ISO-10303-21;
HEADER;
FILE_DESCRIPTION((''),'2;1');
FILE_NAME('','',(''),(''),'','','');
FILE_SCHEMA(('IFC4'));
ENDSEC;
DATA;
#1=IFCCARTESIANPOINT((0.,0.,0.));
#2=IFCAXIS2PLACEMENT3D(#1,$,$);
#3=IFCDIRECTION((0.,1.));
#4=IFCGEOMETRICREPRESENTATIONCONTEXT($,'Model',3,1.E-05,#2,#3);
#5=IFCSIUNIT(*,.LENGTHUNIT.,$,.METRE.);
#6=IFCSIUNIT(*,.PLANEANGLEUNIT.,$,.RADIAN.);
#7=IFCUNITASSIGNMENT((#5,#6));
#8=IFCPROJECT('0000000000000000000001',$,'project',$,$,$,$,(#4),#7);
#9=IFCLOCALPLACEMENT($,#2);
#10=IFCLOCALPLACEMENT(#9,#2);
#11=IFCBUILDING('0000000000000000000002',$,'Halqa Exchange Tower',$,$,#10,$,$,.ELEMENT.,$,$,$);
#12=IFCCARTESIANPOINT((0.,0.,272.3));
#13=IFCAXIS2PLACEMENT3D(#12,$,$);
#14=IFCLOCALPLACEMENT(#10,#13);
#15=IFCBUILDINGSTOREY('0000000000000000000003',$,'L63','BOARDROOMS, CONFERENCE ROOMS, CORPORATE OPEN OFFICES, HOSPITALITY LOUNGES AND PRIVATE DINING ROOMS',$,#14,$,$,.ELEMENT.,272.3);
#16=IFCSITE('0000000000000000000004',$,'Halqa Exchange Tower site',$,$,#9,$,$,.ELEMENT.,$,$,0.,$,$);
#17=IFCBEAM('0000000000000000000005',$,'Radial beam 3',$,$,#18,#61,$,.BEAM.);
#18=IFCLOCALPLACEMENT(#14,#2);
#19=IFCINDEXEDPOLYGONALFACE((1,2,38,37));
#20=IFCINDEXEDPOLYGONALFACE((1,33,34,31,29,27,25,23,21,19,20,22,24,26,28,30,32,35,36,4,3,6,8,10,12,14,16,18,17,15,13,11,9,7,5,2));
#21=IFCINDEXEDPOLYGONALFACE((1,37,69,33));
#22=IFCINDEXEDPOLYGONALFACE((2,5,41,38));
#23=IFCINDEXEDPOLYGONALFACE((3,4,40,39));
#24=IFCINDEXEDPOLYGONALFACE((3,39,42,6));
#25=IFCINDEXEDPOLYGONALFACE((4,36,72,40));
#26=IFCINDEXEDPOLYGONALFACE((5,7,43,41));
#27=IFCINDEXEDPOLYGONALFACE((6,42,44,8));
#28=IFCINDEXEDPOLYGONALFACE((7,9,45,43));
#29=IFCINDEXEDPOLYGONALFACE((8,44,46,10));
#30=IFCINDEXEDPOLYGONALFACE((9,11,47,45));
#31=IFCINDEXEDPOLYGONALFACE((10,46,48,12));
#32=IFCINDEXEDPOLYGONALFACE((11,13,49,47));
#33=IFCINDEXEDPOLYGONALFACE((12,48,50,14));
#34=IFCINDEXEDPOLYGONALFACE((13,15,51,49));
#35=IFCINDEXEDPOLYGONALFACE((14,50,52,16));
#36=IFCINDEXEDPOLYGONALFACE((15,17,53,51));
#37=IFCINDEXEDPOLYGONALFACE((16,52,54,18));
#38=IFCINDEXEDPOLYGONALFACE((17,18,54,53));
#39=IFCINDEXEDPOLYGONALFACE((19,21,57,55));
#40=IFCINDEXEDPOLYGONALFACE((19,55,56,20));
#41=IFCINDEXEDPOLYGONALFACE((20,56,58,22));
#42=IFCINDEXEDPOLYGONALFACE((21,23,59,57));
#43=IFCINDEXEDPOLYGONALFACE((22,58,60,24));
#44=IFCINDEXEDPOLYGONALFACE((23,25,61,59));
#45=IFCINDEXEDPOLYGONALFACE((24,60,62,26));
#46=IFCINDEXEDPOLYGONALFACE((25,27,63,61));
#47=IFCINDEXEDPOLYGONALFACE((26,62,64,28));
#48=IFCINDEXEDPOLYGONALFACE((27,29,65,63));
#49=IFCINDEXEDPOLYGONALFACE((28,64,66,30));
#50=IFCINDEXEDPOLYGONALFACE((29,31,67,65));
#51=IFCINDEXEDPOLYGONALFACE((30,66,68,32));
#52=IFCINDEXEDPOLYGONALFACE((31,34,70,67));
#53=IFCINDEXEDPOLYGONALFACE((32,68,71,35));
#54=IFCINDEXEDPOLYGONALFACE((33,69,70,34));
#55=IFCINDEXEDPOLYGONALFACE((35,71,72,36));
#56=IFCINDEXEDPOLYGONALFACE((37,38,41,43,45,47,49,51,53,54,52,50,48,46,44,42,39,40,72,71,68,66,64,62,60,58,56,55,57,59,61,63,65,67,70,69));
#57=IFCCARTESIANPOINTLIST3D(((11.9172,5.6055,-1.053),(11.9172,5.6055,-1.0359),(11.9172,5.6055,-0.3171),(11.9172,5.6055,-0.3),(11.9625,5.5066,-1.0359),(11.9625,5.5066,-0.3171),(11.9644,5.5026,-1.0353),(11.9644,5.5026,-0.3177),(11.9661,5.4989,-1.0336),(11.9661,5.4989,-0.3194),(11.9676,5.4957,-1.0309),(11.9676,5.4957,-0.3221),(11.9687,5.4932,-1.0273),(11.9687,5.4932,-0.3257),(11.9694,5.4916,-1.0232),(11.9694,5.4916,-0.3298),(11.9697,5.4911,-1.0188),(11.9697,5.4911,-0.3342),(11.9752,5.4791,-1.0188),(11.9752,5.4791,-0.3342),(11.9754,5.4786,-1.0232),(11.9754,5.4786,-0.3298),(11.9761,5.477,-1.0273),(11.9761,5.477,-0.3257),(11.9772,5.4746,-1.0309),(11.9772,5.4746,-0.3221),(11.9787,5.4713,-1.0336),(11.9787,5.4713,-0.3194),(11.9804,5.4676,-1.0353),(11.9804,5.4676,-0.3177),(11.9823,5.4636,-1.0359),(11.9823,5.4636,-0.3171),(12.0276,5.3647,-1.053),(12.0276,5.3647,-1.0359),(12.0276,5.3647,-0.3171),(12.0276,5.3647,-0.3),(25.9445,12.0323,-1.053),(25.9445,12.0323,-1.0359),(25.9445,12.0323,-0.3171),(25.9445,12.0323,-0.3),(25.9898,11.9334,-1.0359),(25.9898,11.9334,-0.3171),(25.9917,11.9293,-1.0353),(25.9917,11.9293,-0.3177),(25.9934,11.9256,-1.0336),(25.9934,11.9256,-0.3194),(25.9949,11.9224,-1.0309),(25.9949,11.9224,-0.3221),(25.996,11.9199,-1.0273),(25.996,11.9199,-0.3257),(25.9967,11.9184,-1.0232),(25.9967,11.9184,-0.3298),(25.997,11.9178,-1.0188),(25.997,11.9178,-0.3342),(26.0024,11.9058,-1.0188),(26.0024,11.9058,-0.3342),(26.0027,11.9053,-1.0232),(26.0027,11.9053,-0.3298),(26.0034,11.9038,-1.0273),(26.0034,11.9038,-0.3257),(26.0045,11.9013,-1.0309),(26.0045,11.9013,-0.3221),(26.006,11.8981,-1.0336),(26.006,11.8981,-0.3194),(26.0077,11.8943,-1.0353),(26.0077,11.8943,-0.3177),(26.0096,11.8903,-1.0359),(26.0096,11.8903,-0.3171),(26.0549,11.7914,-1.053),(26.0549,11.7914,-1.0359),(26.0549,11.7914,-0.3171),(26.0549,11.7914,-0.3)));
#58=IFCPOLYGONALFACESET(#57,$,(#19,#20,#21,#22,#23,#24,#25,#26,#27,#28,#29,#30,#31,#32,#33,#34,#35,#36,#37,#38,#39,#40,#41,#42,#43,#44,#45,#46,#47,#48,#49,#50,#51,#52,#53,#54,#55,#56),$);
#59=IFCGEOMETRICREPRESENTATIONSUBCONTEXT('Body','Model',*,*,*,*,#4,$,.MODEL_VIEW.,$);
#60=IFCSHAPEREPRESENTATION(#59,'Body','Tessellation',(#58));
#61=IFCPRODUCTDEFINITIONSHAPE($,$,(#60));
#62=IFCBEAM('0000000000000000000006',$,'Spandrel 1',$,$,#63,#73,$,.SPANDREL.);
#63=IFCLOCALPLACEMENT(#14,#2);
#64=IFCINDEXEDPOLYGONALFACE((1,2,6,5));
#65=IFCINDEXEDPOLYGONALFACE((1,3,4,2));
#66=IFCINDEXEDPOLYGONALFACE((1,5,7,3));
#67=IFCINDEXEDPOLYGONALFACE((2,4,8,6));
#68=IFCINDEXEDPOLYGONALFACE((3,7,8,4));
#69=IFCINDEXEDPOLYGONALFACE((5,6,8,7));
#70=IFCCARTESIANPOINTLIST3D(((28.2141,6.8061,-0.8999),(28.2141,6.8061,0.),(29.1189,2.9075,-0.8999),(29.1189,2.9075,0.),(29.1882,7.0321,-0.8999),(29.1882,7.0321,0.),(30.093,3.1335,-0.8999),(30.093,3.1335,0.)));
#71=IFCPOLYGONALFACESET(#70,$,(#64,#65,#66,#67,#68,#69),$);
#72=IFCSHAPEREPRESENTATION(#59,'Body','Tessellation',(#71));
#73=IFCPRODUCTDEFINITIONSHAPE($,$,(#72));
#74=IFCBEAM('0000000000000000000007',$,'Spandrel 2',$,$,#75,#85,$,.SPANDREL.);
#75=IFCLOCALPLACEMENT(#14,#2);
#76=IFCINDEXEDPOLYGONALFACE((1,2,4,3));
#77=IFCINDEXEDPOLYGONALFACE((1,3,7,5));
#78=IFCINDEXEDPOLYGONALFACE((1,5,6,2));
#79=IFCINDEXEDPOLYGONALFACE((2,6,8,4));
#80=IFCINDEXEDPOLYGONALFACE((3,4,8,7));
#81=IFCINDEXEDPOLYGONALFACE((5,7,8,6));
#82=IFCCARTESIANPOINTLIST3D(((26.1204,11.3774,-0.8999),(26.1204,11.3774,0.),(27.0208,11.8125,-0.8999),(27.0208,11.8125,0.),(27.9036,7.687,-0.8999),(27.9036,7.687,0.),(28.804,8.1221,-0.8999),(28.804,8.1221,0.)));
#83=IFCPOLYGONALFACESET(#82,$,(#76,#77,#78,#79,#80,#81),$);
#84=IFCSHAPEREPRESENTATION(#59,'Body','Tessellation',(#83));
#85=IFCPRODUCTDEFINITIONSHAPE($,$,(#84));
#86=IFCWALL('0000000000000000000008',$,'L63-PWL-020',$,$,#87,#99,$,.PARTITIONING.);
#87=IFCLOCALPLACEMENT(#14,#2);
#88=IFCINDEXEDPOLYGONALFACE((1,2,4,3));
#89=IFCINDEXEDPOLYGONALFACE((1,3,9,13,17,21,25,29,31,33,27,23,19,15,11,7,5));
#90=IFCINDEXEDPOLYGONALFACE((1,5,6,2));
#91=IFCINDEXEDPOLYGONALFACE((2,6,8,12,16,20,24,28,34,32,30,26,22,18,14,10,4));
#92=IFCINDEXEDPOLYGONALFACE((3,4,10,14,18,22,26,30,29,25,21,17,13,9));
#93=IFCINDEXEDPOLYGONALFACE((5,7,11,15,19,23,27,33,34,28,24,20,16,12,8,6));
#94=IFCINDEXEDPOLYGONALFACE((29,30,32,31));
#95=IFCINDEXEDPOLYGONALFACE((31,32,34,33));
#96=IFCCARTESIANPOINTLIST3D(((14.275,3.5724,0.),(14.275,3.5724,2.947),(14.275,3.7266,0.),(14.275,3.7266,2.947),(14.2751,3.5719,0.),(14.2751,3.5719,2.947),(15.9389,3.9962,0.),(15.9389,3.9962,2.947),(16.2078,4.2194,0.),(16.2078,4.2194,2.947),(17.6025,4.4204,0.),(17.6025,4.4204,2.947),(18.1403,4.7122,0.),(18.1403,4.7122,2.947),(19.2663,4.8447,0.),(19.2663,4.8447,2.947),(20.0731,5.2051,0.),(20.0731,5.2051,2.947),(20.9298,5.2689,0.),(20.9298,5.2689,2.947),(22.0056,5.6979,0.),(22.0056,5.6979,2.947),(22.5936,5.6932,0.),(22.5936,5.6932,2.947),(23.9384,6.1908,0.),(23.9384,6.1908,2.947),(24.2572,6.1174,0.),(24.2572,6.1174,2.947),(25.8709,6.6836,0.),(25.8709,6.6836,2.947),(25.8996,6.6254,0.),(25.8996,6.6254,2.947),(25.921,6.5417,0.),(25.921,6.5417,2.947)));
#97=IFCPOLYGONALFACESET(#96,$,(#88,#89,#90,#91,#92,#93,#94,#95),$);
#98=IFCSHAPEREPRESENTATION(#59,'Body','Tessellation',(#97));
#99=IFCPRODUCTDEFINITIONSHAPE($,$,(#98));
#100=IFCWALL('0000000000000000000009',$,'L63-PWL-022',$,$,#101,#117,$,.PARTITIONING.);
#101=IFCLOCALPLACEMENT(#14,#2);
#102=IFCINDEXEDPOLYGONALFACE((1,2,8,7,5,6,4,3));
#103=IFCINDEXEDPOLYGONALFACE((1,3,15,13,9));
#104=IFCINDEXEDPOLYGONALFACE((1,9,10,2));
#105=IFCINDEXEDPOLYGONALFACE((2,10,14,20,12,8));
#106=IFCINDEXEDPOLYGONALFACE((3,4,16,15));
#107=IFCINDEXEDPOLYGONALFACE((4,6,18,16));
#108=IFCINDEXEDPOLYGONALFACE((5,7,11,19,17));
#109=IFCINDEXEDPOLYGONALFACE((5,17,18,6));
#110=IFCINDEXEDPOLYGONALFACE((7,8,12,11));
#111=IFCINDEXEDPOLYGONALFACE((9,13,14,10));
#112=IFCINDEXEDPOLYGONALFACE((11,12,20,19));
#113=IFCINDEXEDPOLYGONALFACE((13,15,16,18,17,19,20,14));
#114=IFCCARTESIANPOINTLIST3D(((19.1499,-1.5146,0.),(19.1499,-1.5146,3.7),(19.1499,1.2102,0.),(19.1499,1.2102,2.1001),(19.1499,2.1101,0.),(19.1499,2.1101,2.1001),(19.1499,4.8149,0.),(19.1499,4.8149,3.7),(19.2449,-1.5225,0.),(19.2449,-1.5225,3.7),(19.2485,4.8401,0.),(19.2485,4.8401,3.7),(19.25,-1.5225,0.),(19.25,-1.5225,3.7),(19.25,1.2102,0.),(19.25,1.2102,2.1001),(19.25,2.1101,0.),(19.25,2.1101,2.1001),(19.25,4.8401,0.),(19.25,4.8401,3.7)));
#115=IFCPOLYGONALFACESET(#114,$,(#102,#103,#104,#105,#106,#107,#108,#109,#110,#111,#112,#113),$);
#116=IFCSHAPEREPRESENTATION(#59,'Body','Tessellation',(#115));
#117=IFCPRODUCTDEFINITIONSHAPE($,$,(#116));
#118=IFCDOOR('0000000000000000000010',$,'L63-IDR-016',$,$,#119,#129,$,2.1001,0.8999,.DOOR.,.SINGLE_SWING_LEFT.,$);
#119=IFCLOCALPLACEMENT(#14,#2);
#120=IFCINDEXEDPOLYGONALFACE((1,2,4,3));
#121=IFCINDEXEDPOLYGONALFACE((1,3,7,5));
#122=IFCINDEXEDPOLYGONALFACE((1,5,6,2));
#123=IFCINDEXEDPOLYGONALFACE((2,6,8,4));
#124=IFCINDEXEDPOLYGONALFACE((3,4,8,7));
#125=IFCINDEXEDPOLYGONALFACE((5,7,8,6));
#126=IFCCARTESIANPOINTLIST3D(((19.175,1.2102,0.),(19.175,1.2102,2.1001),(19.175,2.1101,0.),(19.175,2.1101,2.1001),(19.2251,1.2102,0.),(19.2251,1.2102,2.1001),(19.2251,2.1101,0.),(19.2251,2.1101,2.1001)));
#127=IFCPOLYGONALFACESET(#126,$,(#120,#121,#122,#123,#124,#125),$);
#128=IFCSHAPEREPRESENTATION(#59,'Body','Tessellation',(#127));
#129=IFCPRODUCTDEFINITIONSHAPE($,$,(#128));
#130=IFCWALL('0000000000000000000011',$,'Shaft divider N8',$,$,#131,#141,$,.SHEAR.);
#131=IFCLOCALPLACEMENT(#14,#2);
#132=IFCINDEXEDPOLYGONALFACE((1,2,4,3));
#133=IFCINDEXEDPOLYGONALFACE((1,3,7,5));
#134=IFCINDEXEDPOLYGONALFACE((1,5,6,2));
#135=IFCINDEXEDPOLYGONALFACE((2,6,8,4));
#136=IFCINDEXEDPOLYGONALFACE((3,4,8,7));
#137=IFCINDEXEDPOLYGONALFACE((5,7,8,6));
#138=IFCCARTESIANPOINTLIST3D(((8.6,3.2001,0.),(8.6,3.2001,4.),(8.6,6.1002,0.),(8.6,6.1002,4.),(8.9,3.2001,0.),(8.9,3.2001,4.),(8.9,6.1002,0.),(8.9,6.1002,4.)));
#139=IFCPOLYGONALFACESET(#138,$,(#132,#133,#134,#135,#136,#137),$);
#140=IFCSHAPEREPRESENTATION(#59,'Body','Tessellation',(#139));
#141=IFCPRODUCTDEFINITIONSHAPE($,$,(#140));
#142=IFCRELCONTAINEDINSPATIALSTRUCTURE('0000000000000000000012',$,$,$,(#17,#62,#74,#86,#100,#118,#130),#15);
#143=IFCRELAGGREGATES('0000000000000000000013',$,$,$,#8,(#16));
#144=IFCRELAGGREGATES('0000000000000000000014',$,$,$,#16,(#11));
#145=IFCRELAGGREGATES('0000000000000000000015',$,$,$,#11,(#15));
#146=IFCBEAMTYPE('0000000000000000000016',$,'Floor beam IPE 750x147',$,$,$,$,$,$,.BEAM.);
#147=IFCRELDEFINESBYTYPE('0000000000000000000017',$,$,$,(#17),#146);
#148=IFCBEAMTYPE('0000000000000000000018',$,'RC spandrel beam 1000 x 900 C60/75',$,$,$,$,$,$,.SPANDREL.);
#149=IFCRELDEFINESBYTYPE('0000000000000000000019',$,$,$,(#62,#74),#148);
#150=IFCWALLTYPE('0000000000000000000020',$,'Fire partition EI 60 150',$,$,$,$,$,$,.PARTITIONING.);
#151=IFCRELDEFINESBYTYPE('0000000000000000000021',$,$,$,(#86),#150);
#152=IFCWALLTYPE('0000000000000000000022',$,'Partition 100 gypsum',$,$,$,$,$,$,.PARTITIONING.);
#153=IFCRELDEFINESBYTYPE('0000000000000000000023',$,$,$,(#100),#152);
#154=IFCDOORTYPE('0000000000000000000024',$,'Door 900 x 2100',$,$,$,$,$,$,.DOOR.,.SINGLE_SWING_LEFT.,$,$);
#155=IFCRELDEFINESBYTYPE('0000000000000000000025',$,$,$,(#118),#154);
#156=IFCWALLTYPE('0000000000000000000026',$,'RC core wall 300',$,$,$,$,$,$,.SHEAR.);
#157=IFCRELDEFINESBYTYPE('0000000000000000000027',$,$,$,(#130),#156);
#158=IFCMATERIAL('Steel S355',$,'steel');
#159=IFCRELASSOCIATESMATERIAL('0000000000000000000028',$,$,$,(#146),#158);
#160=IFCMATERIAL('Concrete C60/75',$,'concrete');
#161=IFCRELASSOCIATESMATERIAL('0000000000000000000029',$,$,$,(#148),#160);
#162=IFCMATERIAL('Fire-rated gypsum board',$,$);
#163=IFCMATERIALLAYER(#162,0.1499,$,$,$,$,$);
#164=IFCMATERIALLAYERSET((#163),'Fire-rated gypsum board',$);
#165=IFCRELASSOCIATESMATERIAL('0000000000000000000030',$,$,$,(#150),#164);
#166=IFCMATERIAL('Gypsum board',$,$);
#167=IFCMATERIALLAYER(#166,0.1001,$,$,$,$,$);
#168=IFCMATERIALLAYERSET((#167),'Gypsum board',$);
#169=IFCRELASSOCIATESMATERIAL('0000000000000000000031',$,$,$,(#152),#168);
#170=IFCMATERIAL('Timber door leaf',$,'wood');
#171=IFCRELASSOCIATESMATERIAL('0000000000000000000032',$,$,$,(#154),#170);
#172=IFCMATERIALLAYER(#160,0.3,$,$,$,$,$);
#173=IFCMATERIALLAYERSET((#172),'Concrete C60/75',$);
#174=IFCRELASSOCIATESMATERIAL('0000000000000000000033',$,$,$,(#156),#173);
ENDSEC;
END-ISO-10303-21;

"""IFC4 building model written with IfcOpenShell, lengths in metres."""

from ifc_helpers import new_model, si_unit, direction, frame, frame_2d, origin, origin_2d, place, context, subcontext, project, spatial, polyline, rectangle, i_section, outline, extrude, material, layer, layer_set, material_profile, profile_set, type_object, element, fill, save


model = new_model("IFC4")

# Units and contexts
model_context = context("Model", 3, precision=1e-05, world=origin(), true_north=direction((0.0, 1.0)))
body_context = subcontext(model_context, "Body", "Model", "MODEL_VIEW")
ifc_project = project(units=[si_unit("LENGTHUNIT", "METRE"), si_unit("PLANEANGLEUNIT", "RADIAN")], contexts=[model_context])

# Site, building, storey
site_placement = place(None, origin())
site = spatial("IfcSite", under=ifc_project, at=site_placement, Name="Halqa Exchange Tower site", CompositionType="ELEMENT", RefElevation=0.0)
building_placement = place(site_placement, origin())
building = spatial("IfcBuilding", under=site, at=building_placement, Name="Halqa Exchange Tower", CompositionType="ELEMENT")
storey_placement = place(building_placement, frame((0.0, 0.0, 272.3)))
storey = spatial("IfcBuildingStorey", under=building, at=storey_placement, Name="L63", Description="BOARDROOMS, CONFERENCE ROOMS, CORPORATE OPEN OFFICES, HOSPITALITY LOUNGES AND PRIVATE DINING ROOMS", CompositionType="ELEMENT", Elevation=272.3)

# Shared definitions
ifc_material_1 = material(Name="Concrete C60/75", Category="concrete")

# Beams
ifc_material_2 = material(Name="Steel S355", Category="steel")
ifc_material_profile_1 = material_profile(ifc_material_2, i_section(OverallWidth=0.2649, OverallDepth=0.7529, WebThickness=0.0132, FlangeThickness=0.0171, FilletRadius=0.0171, at=origin_2d()), Name="IPE 750x147")
ifc_profile_set_1 = profile_set([ifc_material_profile_1], Name="Steel S355")
beam_type_1 = type_object("IfcBeamType", Name="Floor beam IPE 750x147", PredefinedType="BEAM", material=ifc_profile_set_1)
beam_1_placement = place(storey_placement, frame((11.9724, 5.4851, -0.6765), z_axis=(0.909125, 0.416524, 0.0), x_axis=(-0.416524, 0.909125, 0.0)))
element("IfcBeam", 1, at=beam_1_placement, inside=storey, type_object=beam_type_1, Name="Radial beam 3", PredefinedType="BEAM", context=body_context, shape_type="SweptSolid", body=[
    extrude(i_section(OverallWidth=0.2649, OverallDepth=0.7529, WebThickness=0.0132, FlangeThickness=0.0171, FilletRadius=0.0171, at=origin_2d()), origin(), (0.0, 0.0, 1.0), 15.4294),
])
ifc_material_profile_2 = material_profile(ifc_material_1, rectangle(XDim=1.0, YDim=0.8999, at=origin_2d()), Name="1000 x 900")
ifc_profile_set_2 = profile_set([ifc_material_profile_2], Name="Concrete C60/75")
beam_type_2 = type_object("IfcBeamType", Name="RC spandrel beam 1000 x 900 C60/75", PredefinedType="SPANDREL", material=ifc_profile_set_2)
beam_2_placement = place(storey_placement, frame((29.606, 3.0205, -0.45), z_axis=(-0.226067, 0.974112, 0.0), x_axis=(-0.974112, -0.226067, 0.0)))
element("IfcBeam", 2, at=beam_2_placement, inside=storey, type_object=beam_type_2, Name="Spandrel 1", PredefinedType="SPANDREL", context=body_context, shape_type="SweptSolid", body=[
    extrude(rectangle(XDim=1.0, YDim=0.8999, at=origin_2d()), origin(), (0.0, 0.0, 1.0), 4.0022),
])
beam_3_placement = place(storey_placement, frame((28.3538, 7.9045, -0.45), z_axis=(-0.435069, 0.900397, 0.0), x_axis=(-0.900397, -0.435069, 0.0)))
element("IfcBeam", 3, at=beam_3_placement, inside=storey, type_object=beam_type_2, Name="Spandrel 2", PredefinedType="SPANDREL", context=body_context, shape_type="SweptSolid", body=[
    extrude(rectangle(XDim=1.0, YDim=0.8999, at=origin_2d()), origin(), (0.0, 0.0, 1.0), 4.0986),
])

# Wall
ifc_material_3 = material(Name="Fire-rated gypsum board")
ifc_layer_1 = layer(ifc_material_3, 0.1499)
ifc_layer_set_1 = layer_set([ifc_layer_1], Name="Fire-rated gypsum board")
wall_type_1 = type_object("IfcWallType", Name="Fire partition EI 60 150", PredefinedType="PARTITIONING", material=ifc_layer_set_1)
wall_1_placement = place(storey_placement, frame((14.2566, 3.6445, 0.0), z_axis=(0.0, 0.0, 1.0), x_axis=(0.968991, 0.247098, 0.0)))
element("IfcWall", 4, at=wall_1_placement, inside=storey, type_object=wall_type_1, Name="L63-PWL-020", PredefinedType="PARTITIONING", context=body_context, shape_type="SweptSolid", body=[
    extrude(outline(polyline([(12.0186, -0.075), (12.0186, 0.0115), (12.0051, 0.075), (10.0107, 0.075), (8.0161, 0.075), (6.0217, 0.075), (4.0271, 0.075), (2.0327, 0.075), (0.0381, 0.075), (0.0, -0.0745), (0.0, -0.075), (1.717, -0.075), (3.4338, -0.075), (5.1509, -0.075), (6.8677, -0.075), (8.5847, -0.075), (10.3015, -0.075), (12.0186, -0.075)])), origin(), (0.0, 0.0, 1.0), 2.947),
])

# Wall, opening, door
ifc_material_4 = material(Name="Gypsum board")
ifc_layer_2 = layer(ifc_material_4, 0.1001)
ifc_layer_set_2 = layer_set([ifc_layer_2], Name="Gypsum board")
wall_type_2 = type_object("IfcWallType", Name="Partition 100 gypsum", PredefinedType="PARTITIONING", material=ifc_layer_set_2)
wall_2_placement = place(storey_placement, frame((19.2, 4.8401, 0.0), z_axis=(0.0, 0.0, 1.0), x_axis=(0.0, -1.0, 0.0)))
wall_2 = element("IfcWall", 5, at=wall_2_placement, inside=storey, type_object=wall_type_2, Name="L63-PWL-022", PredefinedType="PARTITIONING", context=body_context, shape_type="SweptSolid", body=[
    extrude(outline(polyline([(0.0251, -0.05), (1.6074, -0.05), (3.1899, -0.05), (4.7722, -0.05), (6.3547, -0.05), (6.3625, 0.0449), (6.3625, 0.05), (4.772, 0.05), (3.1812, 0.05), (1.5906, 0.05), (0.0, 0.05), (0.0, 0.0486), (0.0251, -0.05)])), origin(), (0.0, 0.0, 1.0), 3.7),
])
opening_1_placement = place(wall_2_placement, frame((2.73, 0.0, 0.0)))
opening_1 = element("IfcOpeningElement", 6, at=opening_1_placement, cuts=wall_2, PredefinedType="OPENING", context=body_context, shape_type="SweptSolid", body=[
    extrude(rectangle(XDim=0.8999, YDim=2.1001, at=frame_2d((0.45, 1.05))), frame((0.0, 0.062, 0.0), z_axis=(0.0, -1.0, 0.0), x_axis=(1.0, 0.0, 0.0)), (0.0, 0.0, 1.0), 0.124),
])
ifc_material_5 = material(Name="Timber door leaf", Category="wood")
door_type = type_object("IfcDoorType", Name="Door 900 x 2100", OperationType="SINGLE_SWING_LEFT", PredefinedType="DOOR", material=ifc_material_5)
door_placement = place(opening_1_placement, frame((0.8999, 0.0, 0.0), z_axis=(0.0, 0.0, 1.0), x_axis=(-1.0, 0.0, 0.0)))
door = element("IfcDoor", 7, at=door_placement, inside=storey, type_object=door_type, Name="L63-IDR-016", OperationType="SINGLE_SWING_LEFT", OverallHeight=2.1001, OverallWidth=0.8999, PredefinedType="DOOR", context=body_context, shape_type="SweptSolid", body=[
    extrude(rectangle(XDim=0.8999, YDim=2.1001, at=frame_2d((0.45, 1.05))), frame((0.0, 0.0249, 0.0), z_axis=(0.0, -1.0, 0.0), x_axis=(1.0, 0.0, 0.0)), (0.0, 0.0, 1.0), 0.05),
])
fill(opening_1, door)

# Wall
ifc_layer_3 = layer(ifc_material_1, 0.3)
ifc_layer_set_3 = layer_set([ifc_layer_3], Name="Concrete C60/75")
wall_type_3 = type_object("IfcWallType", Name="RC core wall 300", PredefinedType="SHEAR", material=ifc_layer_set_3)
wall_3_placement = place(storey_placement, frame((8.75, 3.2, 0.0), z_axis=(0.0, 0.0, 1.0), x_axis=(0.0, 1.0, 0.0)))
element("IfcWall", 8, at=wall_3_placement, inside=storey, type_object=wall_type_3, Name="Shaft divider N8", PredefinedType="SHEAR", context=body_context, shape_type="SweptSolid", body=[
    extrude(rectangle(XDim=2.9001, YDim=0.3, at=frame_2d((1.4502, 0.0))), origin(), (0.0, 0.0, 1.0), 4.0),
])

save(model, "model.ifc")
